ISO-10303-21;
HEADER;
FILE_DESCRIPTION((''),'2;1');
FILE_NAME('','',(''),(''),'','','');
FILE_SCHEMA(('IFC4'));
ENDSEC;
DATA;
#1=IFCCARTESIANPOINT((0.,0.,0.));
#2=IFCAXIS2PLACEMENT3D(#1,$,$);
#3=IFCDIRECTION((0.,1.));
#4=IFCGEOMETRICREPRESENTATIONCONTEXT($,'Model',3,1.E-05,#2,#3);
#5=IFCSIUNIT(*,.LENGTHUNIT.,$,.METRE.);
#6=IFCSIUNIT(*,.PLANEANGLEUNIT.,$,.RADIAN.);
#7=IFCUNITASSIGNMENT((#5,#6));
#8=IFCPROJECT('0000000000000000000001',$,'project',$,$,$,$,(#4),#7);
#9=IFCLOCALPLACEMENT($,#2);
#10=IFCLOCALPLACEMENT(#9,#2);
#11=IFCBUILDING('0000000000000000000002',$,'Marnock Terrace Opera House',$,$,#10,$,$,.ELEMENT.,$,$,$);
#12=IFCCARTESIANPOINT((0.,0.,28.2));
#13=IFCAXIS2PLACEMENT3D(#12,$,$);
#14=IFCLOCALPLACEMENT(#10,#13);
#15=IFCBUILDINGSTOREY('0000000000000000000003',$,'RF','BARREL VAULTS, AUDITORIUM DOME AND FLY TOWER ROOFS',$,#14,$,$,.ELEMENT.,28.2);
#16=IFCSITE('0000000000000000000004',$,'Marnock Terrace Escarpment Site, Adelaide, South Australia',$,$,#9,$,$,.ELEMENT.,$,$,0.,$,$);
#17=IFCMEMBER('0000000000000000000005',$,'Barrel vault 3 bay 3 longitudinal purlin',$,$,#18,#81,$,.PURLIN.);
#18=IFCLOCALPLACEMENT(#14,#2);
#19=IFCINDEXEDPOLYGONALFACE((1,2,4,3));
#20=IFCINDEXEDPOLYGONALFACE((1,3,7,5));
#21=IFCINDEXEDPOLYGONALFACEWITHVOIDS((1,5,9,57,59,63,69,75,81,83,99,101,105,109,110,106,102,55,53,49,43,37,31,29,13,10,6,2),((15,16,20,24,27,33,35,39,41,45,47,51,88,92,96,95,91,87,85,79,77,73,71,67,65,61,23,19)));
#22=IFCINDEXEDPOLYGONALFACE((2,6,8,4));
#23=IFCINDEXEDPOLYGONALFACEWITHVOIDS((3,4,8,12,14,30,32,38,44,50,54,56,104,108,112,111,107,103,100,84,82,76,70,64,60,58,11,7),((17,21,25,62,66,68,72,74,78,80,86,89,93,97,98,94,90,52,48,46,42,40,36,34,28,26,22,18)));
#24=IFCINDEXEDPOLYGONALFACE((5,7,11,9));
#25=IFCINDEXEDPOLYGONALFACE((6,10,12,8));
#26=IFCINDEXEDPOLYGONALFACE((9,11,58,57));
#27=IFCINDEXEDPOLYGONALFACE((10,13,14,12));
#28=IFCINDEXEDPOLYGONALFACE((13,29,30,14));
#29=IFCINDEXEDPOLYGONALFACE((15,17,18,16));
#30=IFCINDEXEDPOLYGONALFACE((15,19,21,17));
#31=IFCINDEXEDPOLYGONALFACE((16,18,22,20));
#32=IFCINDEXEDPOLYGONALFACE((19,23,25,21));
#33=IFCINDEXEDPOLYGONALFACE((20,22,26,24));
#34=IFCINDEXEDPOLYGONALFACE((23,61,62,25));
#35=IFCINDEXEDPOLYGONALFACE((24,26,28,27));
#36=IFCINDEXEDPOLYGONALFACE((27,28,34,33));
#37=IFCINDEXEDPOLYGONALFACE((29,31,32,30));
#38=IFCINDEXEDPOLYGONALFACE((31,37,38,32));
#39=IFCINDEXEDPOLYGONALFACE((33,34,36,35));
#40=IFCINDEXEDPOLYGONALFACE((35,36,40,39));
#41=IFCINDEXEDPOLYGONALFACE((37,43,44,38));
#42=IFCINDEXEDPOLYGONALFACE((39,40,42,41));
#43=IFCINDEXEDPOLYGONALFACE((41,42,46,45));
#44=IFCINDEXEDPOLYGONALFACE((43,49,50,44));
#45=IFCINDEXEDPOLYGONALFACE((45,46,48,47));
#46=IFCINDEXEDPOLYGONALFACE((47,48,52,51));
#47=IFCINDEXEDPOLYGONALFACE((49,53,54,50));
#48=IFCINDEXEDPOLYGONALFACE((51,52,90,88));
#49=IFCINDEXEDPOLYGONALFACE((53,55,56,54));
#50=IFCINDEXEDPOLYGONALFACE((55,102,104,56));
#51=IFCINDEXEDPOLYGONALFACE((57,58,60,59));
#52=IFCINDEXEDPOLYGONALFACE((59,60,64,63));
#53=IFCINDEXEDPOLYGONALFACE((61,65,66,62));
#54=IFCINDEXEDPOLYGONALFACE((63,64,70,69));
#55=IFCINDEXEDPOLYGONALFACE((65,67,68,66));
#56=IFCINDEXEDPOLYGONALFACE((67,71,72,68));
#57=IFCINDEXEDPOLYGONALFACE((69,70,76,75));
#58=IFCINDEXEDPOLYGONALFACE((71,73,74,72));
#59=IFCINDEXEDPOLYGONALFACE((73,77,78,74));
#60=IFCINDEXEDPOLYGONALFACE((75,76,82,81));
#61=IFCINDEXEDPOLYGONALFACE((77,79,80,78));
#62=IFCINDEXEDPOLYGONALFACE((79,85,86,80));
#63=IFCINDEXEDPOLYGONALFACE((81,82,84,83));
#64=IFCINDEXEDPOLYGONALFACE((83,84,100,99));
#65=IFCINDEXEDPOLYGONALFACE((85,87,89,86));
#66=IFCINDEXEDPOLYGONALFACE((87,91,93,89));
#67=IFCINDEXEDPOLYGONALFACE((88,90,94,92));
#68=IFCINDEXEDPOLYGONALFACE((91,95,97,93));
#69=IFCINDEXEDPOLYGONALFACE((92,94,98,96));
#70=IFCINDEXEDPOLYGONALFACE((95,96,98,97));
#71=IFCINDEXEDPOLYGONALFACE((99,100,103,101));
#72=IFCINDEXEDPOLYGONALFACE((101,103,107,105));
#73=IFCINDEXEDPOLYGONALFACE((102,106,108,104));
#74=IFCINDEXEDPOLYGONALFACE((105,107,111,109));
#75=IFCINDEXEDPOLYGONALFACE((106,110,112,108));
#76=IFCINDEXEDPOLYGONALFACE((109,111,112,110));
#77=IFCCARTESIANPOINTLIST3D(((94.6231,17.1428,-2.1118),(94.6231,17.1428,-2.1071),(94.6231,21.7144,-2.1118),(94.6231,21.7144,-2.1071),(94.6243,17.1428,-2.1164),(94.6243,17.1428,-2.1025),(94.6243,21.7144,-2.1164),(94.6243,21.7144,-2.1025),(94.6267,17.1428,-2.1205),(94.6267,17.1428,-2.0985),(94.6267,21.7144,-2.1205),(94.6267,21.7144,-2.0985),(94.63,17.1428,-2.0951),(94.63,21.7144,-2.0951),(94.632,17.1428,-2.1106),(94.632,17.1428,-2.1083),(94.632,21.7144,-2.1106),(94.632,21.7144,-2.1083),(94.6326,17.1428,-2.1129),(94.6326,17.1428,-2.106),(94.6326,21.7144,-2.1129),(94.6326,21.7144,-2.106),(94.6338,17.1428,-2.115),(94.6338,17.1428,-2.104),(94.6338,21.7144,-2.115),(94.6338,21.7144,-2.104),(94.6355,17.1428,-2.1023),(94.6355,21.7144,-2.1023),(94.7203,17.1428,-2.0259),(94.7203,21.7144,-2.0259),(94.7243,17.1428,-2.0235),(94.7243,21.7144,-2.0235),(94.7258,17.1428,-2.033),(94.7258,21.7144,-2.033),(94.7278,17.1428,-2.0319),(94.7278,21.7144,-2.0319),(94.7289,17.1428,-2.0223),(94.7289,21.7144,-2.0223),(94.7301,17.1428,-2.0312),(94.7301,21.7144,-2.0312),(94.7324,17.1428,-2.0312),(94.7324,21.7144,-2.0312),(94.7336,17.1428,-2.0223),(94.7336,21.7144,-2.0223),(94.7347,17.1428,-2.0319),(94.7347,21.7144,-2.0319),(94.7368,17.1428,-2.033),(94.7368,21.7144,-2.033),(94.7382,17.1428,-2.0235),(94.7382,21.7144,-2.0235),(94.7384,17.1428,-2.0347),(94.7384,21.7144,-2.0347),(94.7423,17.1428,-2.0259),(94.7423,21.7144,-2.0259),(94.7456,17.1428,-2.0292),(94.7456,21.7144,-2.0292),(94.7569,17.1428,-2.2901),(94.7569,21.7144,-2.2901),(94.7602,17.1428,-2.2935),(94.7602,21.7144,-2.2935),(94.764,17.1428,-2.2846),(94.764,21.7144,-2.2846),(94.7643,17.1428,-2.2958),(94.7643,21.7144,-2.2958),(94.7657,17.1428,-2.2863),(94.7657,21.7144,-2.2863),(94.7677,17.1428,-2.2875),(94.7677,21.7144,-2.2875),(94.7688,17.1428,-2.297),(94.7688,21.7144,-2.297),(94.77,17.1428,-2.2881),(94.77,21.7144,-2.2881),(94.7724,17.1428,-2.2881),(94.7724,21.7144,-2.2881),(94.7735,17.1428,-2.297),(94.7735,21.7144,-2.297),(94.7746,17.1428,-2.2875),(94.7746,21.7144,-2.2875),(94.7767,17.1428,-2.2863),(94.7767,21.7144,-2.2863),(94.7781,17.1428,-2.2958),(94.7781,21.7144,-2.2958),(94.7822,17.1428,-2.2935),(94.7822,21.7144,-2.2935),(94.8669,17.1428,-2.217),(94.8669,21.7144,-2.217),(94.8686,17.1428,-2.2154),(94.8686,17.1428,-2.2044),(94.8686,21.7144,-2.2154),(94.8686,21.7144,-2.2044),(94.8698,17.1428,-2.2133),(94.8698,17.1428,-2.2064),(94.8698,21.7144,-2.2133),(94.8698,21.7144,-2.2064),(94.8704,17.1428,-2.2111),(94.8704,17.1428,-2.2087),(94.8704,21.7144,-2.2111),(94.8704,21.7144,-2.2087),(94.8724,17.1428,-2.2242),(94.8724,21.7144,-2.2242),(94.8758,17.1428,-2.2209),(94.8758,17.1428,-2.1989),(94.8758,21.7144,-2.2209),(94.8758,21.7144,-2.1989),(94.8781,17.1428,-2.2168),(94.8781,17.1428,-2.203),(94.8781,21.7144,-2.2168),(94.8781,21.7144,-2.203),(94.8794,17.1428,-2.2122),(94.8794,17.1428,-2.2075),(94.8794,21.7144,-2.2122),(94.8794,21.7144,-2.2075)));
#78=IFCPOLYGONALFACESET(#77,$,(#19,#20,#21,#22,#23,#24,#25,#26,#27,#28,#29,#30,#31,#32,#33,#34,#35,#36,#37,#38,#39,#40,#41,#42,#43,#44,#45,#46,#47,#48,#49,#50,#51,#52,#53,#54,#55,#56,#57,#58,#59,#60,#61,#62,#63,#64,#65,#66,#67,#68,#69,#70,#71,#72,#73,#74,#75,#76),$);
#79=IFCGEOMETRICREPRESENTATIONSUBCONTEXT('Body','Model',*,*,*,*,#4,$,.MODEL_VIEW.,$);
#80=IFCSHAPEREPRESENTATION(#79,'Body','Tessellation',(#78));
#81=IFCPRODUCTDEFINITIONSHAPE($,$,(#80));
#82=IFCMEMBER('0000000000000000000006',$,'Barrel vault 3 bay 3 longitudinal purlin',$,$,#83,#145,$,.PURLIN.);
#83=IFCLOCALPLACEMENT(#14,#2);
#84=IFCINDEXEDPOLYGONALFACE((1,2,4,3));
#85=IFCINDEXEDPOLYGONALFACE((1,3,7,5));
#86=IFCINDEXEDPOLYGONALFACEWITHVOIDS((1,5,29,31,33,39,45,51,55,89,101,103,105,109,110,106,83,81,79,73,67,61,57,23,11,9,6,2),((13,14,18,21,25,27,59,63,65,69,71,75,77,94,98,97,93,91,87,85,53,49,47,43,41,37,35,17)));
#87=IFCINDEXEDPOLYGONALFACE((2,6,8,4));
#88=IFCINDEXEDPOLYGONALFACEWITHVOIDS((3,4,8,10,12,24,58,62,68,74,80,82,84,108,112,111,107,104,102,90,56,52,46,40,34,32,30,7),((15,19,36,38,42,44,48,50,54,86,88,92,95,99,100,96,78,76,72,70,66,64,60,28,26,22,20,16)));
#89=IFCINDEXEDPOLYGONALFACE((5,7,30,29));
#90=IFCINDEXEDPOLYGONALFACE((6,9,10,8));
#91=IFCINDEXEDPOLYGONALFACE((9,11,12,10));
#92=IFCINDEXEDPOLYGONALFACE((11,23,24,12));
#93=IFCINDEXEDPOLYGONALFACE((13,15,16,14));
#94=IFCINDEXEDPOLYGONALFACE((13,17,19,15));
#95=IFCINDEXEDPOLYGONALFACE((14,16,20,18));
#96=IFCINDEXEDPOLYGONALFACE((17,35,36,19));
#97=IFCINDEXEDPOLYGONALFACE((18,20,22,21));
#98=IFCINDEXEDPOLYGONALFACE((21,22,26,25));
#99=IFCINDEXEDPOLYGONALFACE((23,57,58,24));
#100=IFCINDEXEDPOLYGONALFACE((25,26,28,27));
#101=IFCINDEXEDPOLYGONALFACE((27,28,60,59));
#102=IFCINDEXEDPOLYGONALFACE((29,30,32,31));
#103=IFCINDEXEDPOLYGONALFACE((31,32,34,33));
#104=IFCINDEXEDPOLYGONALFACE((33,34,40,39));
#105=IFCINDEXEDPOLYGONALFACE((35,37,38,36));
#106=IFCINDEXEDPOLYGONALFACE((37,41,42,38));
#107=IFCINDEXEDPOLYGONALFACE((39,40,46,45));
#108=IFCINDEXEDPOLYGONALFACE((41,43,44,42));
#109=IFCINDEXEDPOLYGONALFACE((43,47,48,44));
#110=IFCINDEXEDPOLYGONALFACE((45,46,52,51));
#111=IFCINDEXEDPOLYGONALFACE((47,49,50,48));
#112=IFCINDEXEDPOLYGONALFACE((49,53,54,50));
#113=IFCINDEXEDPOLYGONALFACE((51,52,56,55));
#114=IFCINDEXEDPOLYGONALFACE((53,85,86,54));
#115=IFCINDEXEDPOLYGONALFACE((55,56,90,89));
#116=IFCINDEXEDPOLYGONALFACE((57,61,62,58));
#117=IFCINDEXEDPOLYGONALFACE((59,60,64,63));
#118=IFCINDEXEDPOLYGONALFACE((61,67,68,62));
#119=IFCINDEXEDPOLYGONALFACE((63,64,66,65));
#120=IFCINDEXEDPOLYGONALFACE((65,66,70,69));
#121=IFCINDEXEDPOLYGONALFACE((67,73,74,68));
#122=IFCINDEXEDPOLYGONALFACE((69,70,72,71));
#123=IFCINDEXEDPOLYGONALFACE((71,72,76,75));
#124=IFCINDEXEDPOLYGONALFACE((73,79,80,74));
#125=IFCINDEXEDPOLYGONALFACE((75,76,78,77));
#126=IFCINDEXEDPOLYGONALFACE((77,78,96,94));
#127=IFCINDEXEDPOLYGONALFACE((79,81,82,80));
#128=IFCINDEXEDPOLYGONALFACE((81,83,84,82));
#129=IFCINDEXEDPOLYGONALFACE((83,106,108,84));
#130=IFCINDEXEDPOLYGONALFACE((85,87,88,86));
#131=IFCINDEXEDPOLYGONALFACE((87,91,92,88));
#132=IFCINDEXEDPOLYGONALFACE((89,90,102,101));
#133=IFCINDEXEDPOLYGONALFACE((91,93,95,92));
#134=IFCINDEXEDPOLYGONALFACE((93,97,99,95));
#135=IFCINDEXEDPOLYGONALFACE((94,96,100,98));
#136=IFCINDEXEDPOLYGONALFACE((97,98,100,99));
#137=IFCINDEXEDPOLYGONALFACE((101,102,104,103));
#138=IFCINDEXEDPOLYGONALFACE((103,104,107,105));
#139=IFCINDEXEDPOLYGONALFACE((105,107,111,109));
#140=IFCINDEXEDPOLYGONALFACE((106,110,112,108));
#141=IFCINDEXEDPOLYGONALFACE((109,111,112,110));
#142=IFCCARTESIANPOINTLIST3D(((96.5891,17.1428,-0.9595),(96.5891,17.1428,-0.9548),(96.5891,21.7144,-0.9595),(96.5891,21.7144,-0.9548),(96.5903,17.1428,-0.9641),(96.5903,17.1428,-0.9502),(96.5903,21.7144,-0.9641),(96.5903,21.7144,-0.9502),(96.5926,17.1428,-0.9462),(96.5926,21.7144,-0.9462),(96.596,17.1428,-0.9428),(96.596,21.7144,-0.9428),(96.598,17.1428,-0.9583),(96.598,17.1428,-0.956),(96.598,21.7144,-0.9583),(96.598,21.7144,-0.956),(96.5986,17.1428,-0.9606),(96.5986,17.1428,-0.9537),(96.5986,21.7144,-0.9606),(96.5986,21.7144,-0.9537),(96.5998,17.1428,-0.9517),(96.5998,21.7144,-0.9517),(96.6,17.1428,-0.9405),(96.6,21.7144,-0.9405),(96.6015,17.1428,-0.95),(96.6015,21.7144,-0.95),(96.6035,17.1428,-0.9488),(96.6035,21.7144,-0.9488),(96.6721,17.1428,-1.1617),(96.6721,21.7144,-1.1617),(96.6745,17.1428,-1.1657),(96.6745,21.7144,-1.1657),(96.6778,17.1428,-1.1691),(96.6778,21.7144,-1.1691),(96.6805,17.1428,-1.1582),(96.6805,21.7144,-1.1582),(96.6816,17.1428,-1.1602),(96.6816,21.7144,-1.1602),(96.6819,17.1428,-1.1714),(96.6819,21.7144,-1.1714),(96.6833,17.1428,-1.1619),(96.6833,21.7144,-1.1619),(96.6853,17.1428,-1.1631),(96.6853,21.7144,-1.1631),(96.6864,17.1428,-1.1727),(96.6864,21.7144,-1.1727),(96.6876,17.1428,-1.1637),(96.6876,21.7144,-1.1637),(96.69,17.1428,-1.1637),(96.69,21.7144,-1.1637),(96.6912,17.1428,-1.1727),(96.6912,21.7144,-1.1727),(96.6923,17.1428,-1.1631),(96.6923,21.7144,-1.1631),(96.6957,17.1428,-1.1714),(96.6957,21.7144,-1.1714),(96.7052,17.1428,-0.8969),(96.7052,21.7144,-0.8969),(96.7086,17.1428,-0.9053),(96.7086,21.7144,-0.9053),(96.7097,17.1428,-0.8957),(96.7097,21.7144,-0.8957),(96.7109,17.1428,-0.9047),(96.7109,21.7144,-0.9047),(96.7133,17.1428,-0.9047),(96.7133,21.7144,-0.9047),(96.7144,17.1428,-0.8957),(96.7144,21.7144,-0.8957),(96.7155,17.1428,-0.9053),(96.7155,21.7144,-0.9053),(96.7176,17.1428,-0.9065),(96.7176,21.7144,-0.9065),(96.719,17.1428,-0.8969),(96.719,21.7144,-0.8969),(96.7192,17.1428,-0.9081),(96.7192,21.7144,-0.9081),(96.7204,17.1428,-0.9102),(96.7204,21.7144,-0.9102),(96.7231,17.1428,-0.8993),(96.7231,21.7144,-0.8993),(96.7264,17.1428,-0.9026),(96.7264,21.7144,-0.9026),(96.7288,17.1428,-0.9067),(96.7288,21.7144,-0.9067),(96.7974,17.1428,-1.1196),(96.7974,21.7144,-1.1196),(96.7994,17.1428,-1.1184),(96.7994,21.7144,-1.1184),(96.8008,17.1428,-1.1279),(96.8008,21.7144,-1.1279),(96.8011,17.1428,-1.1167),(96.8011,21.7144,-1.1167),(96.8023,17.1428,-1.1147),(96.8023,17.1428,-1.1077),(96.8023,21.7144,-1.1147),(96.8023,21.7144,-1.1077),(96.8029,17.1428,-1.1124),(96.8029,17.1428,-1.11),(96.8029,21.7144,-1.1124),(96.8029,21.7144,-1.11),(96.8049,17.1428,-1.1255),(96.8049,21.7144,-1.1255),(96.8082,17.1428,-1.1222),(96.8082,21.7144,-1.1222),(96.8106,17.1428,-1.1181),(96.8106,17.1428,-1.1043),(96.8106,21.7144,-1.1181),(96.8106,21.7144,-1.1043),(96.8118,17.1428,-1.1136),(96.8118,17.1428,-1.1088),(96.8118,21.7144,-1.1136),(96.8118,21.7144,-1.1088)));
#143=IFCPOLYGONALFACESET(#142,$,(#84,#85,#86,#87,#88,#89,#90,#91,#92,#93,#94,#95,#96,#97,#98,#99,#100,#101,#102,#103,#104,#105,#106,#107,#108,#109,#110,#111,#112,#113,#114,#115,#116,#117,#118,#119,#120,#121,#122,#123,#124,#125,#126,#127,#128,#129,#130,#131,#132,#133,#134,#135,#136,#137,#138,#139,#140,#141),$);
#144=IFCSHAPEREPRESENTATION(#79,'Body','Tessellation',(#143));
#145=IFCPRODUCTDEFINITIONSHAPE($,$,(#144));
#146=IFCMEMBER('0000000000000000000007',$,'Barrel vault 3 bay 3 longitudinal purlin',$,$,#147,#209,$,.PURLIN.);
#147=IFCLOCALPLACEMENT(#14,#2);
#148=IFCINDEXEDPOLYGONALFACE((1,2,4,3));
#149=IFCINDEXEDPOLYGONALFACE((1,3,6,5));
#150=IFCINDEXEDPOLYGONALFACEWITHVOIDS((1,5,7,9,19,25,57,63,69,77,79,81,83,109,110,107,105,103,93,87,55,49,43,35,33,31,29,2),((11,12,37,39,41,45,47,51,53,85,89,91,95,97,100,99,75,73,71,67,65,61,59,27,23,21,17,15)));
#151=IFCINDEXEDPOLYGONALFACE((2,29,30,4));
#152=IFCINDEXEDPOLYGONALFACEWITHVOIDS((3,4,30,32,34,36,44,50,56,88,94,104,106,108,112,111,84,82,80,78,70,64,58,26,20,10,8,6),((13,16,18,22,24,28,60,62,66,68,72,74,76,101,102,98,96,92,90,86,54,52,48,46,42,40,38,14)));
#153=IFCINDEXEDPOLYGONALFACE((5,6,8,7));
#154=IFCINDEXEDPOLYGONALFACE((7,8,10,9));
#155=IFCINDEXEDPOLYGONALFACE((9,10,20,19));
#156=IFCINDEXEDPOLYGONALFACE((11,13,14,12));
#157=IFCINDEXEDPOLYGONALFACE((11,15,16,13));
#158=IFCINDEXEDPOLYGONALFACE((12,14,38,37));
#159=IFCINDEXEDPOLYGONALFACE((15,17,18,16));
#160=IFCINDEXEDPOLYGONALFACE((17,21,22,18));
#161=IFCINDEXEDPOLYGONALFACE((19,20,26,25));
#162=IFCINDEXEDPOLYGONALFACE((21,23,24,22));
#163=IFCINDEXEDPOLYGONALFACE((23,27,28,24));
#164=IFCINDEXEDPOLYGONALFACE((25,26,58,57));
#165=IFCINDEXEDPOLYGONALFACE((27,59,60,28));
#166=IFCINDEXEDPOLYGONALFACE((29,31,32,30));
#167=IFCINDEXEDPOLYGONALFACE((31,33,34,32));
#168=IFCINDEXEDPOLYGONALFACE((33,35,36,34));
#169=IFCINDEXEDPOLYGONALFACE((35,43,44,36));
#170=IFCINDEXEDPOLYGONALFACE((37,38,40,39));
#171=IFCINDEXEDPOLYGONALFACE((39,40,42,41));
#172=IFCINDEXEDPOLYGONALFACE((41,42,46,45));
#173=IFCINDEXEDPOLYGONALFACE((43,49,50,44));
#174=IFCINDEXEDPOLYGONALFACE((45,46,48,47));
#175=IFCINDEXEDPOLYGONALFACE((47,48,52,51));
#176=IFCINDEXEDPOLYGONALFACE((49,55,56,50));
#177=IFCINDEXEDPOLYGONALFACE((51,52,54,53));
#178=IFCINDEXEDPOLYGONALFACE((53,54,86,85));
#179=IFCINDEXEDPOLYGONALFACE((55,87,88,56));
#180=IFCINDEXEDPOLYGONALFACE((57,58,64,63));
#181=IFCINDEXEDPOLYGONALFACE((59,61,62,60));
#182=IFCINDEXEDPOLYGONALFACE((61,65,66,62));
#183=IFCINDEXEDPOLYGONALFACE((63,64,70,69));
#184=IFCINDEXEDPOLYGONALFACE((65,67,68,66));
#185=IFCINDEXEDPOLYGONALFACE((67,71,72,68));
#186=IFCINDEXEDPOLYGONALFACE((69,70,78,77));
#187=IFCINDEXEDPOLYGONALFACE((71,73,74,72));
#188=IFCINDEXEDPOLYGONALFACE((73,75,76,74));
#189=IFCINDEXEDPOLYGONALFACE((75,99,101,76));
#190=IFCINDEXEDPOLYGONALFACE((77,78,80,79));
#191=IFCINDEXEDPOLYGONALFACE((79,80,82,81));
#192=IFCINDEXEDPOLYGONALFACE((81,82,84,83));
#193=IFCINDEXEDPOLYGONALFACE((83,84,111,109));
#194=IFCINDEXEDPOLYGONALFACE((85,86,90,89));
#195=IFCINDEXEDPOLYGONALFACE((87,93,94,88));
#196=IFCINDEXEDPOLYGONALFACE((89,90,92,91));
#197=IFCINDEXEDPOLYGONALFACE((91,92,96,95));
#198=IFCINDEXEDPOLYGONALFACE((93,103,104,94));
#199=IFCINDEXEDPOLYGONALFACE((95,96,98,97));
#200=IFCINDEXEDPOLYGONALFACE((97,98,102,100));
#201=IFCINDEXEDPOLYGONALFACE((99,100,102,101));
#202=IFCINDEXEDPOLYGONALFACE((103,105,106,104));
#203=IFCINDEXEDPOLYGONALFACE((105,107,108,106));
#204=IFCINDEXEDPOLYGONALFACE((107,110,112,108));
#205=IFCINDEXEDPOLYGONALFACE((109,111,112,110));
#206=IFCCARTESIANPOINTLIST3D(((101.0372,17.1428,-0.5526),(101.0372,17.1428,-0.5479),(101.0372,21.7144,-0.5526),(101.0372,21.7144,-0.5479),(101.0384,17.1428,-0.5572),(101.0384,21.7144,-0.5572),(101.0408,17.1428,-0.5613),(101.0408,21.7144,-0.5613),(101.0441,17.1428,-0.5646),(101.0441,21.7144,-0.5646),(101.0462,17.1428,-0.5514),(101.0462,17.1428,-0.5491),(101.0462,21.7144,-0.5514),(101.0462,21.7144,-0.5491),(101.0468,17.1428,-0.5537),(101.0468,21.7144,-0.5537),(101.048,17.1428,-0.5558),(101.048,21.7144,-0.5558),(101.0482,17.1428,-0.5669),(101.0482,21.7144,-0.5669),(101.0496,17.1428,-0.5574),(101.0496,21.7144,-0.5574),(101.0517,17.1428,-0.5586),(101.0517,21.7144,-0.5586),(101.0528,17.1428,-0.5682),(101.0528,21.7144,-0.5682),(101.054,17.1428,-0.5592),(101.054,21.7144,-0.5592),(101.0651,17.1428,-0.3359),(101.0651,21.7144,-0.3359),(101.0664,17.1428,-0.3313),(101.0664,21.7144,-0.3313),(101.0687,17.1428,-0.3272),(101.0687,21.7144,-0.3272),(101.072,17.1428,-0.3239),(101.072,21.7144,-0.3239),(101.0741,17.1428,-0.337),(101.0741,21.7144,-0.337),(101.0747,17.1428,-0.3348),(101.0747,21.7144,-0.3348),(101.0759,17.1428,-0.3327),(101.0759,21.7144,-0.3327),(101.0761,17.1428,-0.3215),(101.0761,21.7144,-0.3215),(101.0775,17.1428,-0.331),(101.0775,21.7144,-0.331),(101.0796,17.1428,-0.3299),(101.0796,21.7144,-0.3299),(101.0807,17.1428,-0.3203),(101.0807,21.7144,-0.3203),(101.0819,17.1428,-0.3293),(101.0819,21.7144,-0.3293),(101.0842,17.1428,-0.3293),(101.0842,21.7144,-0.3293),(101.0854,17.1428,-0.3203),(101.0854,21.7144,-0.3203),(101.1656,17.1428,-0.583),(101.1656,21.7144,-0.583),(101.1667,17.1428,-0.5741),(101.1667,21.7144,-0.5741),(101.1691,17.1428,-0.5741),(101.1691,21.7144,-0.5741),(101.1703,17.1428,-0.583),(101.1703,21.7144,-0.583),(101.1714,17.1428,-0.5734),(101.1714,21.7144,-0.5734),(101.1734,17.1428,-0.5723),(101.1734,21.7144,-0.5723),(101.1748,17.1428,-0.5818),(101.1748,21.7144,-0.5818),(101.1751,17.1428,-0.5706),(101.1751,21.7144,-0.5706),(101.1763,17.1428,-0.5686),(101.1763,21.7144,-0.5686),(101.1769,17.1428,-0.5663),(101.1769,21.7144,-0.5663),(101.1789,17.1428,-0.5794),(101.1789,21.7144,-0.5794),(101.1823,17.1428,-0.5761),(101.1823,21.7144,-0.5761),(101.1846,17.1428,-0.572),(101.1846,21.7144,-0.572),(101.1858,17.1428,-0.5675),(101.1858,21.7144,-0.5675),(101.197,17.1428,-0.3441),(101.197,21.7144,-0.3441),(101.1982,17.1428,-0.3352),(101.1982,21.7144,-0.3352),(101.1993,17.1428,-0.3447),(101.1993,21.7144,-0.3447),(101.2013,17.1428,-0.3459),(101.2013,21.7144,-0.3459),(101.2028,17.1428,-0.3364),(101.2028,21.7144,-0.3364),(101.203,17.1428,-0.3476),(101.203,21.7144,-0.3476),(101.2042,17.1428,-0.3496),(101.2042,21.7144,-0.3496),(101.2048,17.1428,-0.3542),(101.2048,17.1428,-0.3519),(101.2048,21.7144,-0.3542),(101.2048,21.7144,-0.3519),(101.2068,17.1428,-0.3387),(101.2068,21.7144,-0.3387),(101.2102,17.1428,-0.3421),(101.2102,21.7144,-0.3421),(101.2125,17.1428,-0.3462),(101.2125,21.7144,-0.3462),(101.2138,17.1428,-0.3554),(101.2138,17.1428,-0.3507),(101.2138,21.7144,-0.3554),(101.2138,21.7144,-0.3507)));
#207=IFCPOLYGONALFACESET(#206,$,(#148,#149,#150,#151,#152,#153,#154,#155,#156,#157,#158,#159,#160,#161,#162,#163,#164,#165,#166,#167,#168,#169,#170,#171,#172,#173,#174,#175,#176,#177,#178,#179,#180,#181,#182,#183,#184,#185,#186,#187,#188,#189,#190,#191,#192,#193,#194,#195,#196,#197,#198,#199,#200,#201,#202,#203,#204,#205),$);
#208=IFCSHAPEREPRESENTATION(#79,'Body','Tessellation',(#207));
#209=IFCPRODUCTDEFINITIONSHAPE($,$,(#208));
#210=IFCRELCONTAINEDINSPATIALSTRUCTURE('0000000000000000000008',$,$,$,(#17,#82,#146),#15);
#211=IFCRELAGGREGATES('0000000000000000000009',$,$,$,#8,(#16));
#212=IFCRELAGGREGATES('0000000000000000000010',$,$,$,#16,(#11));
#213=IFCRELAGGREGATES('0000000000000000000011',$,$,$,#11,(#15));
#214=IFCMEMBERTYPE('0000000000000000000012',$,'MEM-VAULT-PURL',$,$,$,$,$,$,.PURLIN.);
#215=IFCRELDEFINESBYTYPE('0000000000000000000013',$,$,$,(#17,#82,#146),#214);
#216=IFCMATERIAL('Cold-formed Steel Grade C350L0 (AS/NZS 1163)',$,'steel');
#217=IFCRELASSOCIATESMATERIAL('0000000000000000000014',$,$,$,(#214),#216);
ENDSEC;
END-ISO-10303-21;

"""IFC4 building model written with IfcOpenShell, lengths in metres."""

from ifc_helpers import new_model, si_unit, direction, frame, origin, origin_2d, place, context, subcontext, project, spatial, hollow_rectangle, extrude, material, material_profile, profile_set, type_object, element, save


model = new_model("IFC4")

# Units and contexts
model_context = context("Model", 3, precision=1e-05, world=origin(), true_north=direction((0.0, 1.0)))
body_context = subcontext(model_context, "Body", "Model", "MODEL_VIEW")
ifc_project = project(units=[si_unit("LENGTHUNIT", "METRE"), si_unit("PLANEANGLEUNIT", "RADIAN")], contexts=[model_context])

# Site, building, storey
site_placement = place(None, origin())
site = spatial("IfcSite", under=ifc_project, at=site_placement, Name="Marnock Terrace Escarpment Site, Adelaide, South Australia", CompositionType="ELEMENT", RefElevation=0.0)
building_placement = place(site_placement, origin())
building = spatial("IfcBuilding", under=site, at=building_placement, Name="Marnock Terrace Opera House", CompositionType="ELEMENT")
storey_placement = place(building_placement, frame((0.0, 0.0, 28.2)))
storey = spatial("IfcBuildingStorey", under=building, at=storey_placement, Name="RF", Description="BARREL VAULTS, AUDITORIUM DOME AND FLY TOWER ROOFS", CompositionType="ELEMENT", Elevation=28.2)

# Members
ifc_material_1 = material(Name="Cold-formed Steel Grade C350L0 (AS/NZS 1163)", Category="steel")
ifc_material_profile_1 = material_profile(ifc_material_1, hollow_rectangle(XDim=0.1499, YDim=0.25, WallThickness=0.009, InnerFilletRadius=0.009, OuterFilletRadius=0.0181, at=origin_2d()))
ifc_profile_set_1 = profile_set([ifc_material_profile_1], Name="Cold-formed Steel Grade C350L0 (AS/NZS 1163)")
member_type_1 = type_object("IfcMemberType", Name="MEM-VAULT-PURL", PredefinedType="PURLIN", material=ifc_profile_set_1)
for number, where, z_axis, x_axis, name in (
    (1, (94.7512, 17.1428, -2.1597), (0.0, 1.0, 0.0), (-0.793353, 0.0, -0.608761), "Barrel vault 3 bay 3 longitudinal purlin"),
    (2, (96.7004, 17.1428, -1.0342), (0.0, 1.0, 0.0), (-0.92388, 0.0, -0.382683), "Barrel vault 3 bay 3 longitudinal purlin"),
    (3, (101.1255, 17.1428, -0.4517), (0.0, 1.0, 0.0), (-0.991445, 0.0, 0.130526), "Barrel vault 3 bay 3 longitudinal purlin"),
):
    element("IfcMember", number, at=place(storey_placement, frame(where, z_axis=z_axis, x_axis=x_axis)), inside=storey, type_object=member_type_1, Name=name, PredefinedType="PURLIN", context=body_context, shape_type="SweptSolid", body=[
        extrude(hollow_rectangle(XDim=0.1499, YDim=0.25, WallThickness=0.009, InnerFilletRadius=0.009, OuterFilletRadius=0.0181, at=origin_2d()), origin(), (0.0, 0.0, 1.0), 4.5715),
    ])

save(model, "model.ifc")
